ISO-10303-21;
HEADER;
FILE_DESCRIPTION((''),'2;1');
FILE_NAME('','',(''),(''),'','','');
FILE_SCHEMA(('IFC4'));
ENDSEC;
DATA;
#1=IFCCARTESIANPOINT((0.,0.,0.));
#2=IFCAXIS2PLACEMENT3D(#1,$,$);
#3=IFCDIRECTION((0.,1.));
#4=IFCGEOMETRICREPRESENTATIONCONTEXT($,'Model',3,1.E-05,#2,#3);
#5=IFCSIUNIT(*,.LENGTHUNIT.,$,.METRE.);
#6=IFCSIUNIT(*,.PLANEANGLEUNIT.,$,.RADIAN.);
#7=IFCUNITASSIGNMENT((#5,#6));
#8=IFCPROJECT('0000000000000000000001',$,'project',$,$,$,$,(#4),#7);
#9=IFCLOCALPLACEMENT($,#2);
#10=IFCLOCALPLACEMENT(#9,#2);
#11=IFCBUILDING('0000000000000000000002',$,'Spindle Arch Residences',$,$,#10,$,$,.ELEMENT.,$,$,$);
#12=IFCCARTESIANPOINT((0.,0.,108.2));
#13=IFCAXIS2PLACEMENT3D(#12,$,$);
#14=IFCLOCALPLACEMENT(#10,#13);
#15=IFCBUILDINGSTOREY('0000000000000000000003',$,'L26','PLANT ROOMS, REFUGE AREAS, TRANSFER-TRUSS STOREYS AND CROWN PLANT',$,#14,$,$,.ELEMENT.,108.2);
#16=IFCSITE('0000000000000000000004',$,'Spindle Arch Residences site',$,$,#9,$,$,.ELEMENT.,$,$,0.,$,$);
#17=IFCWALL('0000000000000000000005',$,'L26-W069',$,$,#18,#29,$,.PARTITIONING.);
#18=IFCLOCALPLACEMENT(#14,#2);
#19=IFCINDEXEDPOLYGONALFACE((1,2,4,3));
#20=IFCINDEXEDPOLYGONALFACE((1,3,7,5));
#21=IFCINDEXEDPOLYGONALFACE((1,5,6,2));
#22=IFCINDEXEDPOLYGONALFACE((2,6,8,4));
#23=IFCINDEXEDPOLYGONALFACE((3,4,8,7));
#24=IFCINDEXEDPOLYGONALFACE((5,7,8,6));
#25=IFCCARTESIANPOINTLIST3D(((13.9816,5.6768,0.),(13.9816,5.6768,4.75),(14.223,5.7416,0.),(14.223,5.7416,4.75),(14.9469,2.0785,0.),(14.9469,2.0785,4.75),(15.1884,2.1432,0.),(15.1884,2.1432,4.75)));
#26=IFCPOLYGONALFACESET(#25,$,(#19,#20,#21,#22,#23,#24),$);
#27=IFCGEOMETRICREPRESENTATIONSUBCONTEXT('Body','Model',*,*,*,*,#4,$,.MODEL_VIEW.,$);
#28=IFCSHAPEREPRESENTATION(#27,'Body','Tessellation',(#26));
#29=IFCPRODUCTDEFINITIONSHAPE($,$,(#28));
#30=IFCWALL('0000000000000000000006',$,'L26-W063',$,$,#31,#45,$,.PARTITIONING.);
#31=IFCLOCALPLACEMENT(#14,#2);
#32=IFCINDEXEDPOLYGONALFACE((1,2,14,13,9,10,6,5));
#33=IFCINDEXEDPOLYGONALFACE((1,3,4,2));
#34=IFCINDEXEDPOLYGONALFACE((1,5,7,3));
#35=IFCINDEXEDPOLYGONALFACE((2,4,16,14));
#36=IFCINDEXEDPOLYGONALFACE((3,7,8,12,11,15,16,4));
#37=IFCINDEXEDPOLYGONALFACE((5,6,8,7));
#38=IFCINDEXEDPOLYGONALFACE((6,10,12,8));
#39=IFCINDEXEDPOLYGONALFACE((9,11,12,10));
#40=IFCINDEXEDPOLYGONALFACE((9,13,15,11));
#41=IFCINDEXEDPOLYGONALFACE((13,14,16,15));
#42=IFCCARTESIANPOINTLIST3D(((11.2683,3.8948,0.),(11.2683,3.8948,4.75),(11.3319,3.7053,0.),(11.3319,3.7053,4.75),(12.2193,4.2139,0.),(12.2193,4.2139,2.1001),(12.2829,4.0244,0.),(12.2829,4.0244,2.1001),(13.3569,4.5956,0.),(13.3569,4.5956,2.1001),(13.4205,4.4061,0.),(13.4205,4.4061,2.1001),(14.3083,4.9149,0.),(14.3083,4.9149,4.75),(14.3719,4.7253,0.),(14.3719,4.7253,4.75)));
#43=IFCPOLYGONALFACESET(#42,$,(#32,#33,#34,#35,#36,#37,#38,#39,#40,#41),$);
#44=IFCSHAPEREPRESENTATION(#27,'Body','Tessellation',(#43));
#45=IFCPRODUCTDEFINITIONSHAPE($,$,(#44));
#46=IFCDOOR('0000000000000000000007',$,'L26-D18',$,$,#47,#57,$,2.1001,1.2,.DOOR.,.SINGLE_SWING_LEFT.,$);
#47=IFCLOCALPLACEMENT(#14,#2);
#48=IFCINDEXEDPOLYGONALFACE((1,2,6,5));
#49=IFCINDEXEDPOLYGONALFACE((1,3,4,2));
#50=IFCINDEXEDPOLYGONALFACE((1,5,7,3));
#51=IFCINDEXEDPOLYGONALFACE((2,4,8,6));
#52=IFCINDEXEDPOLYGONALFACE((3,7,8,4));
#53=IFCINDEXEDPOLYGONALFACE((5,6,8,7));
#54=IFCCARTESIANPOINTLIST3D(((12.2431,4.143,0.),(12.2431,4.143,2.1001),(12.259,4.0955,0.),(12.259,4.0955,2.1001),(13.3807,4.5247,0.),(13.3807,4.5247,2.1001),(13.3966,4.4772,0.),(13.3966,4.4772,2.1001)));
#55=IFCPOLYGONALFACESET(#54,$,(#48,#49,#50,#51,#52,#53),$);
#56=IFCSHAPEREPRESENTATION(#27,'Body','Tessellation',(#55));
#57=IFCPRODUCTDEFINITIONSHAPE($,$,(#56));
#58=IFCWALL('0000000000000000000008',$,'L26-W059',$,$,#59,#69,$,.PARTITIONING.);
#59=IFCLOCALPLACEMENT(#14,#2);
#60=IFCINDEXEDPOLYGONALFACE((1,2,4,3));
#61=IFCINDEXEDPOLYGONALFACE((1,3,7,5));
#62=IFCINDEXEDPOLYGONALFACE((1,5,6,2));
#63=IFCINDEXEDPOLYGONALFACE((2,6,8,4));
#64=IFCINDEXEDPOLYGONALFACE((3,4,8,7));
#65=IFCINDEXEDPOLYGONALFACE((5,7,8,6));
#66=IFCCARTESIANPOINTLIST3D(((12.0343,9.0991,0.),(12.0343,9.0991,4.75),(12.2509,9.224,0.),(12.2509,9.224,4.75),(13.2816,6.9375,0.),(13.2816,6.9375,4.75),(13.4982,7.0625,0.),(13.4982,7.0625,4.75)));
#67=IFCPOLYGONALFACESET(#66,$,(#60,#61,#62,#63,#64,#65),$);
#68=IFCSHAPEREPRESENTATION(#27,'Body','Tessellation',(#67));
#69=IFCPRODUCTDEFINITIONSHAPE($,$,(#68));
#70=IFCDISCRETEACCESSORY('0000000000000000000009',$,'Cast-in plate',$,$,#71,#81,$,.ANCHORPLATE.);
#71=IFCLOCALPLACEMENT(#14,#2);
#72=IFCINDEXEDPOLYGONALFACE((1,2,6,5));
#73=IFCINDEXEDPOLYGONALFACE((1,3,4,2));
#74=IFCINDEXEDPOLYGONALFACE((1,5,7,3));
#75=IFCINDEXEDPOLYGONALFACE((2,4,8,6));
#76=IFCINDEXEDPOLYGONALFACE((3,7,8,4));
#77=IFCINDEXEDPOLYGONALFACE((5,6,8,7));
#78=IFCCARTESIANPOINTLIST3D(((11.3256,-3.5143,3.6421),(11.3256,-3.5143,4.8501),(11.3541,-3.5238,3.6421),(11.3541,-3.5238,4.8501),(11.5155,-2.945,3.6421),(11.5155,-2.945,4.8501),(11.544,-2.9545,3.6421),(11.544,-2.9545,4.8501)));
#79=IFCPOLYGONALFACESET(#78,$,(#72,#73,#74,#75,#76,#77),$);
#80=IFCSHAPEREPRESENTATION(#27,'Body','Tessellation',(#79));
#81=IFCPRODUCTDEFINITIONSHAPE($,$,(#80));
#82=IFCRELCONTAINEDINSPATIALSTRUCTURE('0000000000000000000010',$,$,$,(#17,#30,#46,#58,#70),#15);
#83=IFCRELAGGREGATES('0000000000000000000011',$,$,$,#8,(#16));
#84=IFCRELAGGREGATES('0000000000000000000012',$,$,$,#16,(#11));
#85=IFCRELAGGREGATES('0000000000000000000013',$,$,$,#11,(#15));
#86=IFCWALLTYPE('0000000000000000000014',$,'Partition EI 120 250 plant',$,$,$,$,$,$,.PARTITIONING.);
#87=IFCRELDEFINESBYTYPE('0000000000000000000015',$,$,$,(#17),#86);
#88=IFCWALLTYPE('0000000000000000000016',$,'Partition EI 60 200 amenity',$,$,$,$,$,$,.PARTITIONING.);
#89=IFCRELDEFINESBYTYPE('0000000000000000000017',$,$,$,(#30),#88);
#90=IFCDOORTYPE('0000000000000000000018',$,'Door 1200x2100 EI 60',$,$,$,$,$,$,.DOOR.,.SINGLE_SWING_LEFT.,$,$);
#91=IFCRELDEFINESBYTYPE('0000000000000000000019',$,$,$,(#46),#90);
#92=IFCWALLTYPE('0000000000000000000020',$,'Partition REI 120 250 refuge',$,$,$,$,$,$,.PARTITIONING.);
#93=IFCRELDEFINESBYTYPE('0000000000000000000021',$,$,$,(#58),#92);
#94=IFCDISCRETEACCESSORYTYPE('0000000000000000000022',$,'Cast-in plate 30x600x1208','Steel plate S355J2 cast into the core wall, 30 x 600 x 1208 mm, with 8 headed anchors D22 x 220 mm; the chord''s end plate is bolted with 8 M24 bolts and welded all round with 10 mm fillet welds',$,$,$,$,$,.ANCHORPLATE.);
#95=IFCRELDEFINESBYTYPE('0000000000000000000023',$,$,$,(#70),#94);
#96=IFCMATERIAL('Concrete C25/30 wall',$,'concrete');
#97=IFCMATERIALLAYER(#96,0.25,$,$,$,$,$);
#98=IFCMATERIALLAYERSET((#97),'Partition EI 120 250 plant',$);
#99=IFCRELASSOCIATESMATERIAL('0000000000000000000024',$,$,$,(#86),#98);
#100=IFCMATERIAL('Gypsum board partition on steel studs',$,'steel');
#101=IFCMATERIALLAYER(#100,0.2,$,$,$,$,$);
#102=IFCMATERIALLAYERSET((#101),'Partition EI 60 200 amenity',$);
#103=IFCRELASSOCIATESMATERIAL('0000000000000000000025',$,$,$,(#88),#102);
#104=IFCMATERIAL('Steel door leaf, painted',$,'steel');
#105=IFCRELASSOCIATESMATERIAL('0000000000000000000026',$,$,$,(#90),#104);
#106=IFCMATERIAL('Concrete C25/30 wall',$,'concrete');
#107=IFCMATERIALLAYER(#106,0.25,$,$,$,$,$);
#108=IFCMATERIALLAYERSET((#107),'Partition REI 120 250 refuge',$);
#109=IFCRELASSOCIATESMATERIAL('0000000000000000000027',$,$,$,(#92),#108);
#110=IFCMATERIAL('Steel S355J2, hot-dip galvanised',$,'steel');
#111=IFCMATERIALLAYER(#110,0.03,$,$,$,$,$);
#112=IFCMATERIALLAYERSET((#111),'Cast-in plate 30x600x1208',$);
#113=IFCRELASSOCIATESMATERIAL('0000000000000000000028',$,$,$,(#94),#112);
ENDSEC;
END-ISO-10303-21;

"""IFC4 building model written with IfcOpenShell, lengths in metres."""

from ifc_helpers import new_model, si_unit, direction, frame, frame_2d, origin, origin_2d, place, context, subcontext, project, spatial, rectangle, extrude, material, layer, layer_set, type_object, element, fill, save


model = new_model("IFC4")

# Units and contexts
model_context = context("Model", 3, precision=1e-05, world=origin(), true_north=direction((0.0, 1.0)))
body_context = subcontext(model_context, "Body", "Model", "MODEL_VIEW")
ifc_project = project(units=[si_unit("LENGTHUNIT", "METRE"), si_unit("PLANEANGLEUNIT", "RADIAN")], contexts=[model_context])

# Site, building, storey
site_placement = place(None, origin())
site = spatial("IfcSite", under=ifc_project, at=site_placement, Name="Spindle Arch Residences site", CompositionType="ELEMENT", RefElevation=0.0)
building_placement = place(site_placement, origin())
building = spatial("IfcBuilding", under=site, at=building_placement, Name="Spindle Arch Residences", CompositionType="ELEMENT")
storey_placement = place(building_placement, frame((0.0, 0.0, 108.2)))
storey = spatial("IfcBuildingStorey", under=building, at=storey_placement, Name="L26", Description="PLANT ROOMS, REFUGE AREAS, TRANSFER-TRUSS STOREYS AND CROWN PLANT", CompositionType="ELEMENT", Elevation=108.2)

# Shared definitions
ifc_material_1 = material(Name="Concrete C25/30 wall", Category="concrete")
ifc_layer_1 = layer(ifc_material_1, 0.25)
ifc_layer_set_1 = layer_set([ifc_layer_1], Name="Partition EI 120 250 plant")
wall_type_1 = type_object("IfcWallType", Name="Partition EI 120 250 plant", PredefinedType="PARTITIONING", material=ifc_layer_set_1)

# Wall
wall_1_placement = place(storey_placement, frame((15.0676, 2.1108, 0.0), z_axis=(0.0, 0.0, 1.0), x_axis=(-0.259106, 0.965849, 0.0)))
element("IfcWall", 1, at=wall_1_placement, inside=storey, type_object=wall_type_1, Name="L26-W069", PredefinedType="PARTITIONING", context=body_context, shape_type="SweptSolid", body=[
    extrude(rectangle(XDim=3.7256, YDim=0.25, at=frame_2d((1.8628, 0.0))), origin(), (0.0, 0.0, 1.0), 4.75),
])

# Wall, opening, door
ifc_material_2 = material(Name="Gypsum board partition on steel studs", Category="steel")
ifc_layer_2 = layer(ifc_material_2, 0.2)
ifc_layer_set_2 = layer_set([ifc_layer_2], Name="Partition EI 60 200 amenity")
wall_type_2 = type_object("IfcWallType", Name="Partition EI 60 200 amenity", PredefinedType="PARTITIONING", material=ifc_layer_set_2)
wall_2_placement = place(storey_placement, frame((14.3401, 4.8201, 0.0), z_axis=(0.0, 0.0, 1.0), x_axis=(-0.948057, -0.3181, 0.0)))
wall_2 = element("IfcWall", 2, at=wall_2_placement, inside=storey, type_object=wall_type_2, Name="L26-W063", PredefinedType="PARTITIONING", context=body_context, shape_type="SweptSolid", body=[
    extrude(rectangle(XDim=3.2065, YDim=0.2, at=frame_2d((1.6033, 0.0))), origin(), (0.0, 0.0, 1.0), 4.75),
])
opening_1_placement = place(wall_2_placement, frame((1.0034, 0.0, 0.0)))
opening_1 = element("IfcOpeningElement", 3, at=opening_1_placement, cuts=wall_2, PredefinedType="OPENING", context=body_context, shape_type="SweptSolid", body=[
    extrude(rectangle(XDim=1.2, YDim=2.1001, at=frame_2d((0.6001, 1.05))), frame((0.0, 0.1099, 0.0), z_axis=(0.0, -1.0, 0.0), x_axis=(1.0, 0.0, 0.0)), (0.0, 0.0, 1.0), 0.22),
])
ifc_material_3 = material(Name="Steel door leaf, painted", Category="steel")
door_type_1 = type_object("IfcDoorType", Name="Door 1200x2100 EI 60", OperationType="SINGLE_SWING_LEFT", PredefinedType="DOOR", material=ifc_material_3)
door_1_placement = place(opening_1_placement, origin())
door_1 = element("IfcDoor", 4, at=door_1_placement, inside=storey, type_object=door_type_1, Name="L26-D18", OperationType="SINGLE_SWING_LEFT", OverallHeight=2.1001, OverallWidth=1.2, PredefinedType="DOOR", context=body_context, shape_type="SweptSolid", body=[
    extrude(rectangle(XDim=1.2, YDim=2.1001, at=frame_2d((0.6001, 1.05))), frame((0.0, 0.0249, 0.0), z_axis=(0.0, -1.0, 0.0), x_axis=(1.0, 0.0, 0.0)), (0.0, 0.0, 1.0), 0.05),
])
fill(opening_1, door_1)

# Wall
ifc_material_4 = material(Name="Concrete C25/30 wall", Category="concrete")
ifc_layer_3 = layer(ifc_material_4, 0.25)
ifc_layer_set_3 = layer_set([ifc_layer_3], Name="Partition REI 120 250 refuge")
wall_type_3 = type_object("IfcWallType", Name="Partition REI 120 250 refuge", PredefinedType="PARTITIONING", material=ifc_layer_set_3)
wall_3_placement = place(storey_placement, frame((13.3899, 7.0, 0.0), z_axis=(0.0, 0.0, 1.0), x_axis=(-0.49979, 0.866146, 0.0)))
element("IfcWall", 5, at=wall_3_placement, inside=storey, type_object=wall_type_3, Name="L26-W059", PredefinedType="PARTITIONING", context=body_context, shape_type="SweptSolid", body=[
    extrude(rectangle(XDim=2.4956, YDim=0.25, at=frame_2d((1.2478, 0.0))), origin(), (0.0, 0.0, 1.0), 4.75),
])

# Discrete accessory
ifc_material_5 = material(Name="Steel S355J2, hot-dip galvanised", Category="steel")
ifc_layer_4 = layer(ifc_material_5, 0.03)
ifc_layer_set_4 = layer_set([ifc_layer_4], Name="Cast-in plate 30x600x1208")
discrete_accessory_type = type_object("IfcDiscreteAccessoryType", Name="Cast-in plate 30x600x1208", Description="Steel plate S355J2 cast into the core wall, 30 x 600 x 1208 mm, with 8 headed anchors D22 x 220 mm; the chord's end plate is bolted with 8 M24 bolts and welded all round with 10 mm fillet welds", PredefinedType="ANCHORPLATE", material=ifc_layer_set_4)
discrete_accessory_placement = place(storey_placement, frame((11.4348, -3.2344, 3.6421), z_axis=(0.0, 0.0, 1.0), x_axis=(0.948612, -0.316441, 0.0)))
element("IfcDiscreteAccessory", 6, at=discrete_accessory_placement, inside=storey, type_object=discrete_accessory_type, Name="Cast-in plate", PredefinedType="ANCHORPLATE", context=body_context, shape_type="SweptSolid", body=[
    extrude(rectangle(XDim=0.03, YDim=0.6001, at=origin_2d()), origin(), (0.0, 0.0, 1.0), 1.208),
])

save(model, "model.ifc")
